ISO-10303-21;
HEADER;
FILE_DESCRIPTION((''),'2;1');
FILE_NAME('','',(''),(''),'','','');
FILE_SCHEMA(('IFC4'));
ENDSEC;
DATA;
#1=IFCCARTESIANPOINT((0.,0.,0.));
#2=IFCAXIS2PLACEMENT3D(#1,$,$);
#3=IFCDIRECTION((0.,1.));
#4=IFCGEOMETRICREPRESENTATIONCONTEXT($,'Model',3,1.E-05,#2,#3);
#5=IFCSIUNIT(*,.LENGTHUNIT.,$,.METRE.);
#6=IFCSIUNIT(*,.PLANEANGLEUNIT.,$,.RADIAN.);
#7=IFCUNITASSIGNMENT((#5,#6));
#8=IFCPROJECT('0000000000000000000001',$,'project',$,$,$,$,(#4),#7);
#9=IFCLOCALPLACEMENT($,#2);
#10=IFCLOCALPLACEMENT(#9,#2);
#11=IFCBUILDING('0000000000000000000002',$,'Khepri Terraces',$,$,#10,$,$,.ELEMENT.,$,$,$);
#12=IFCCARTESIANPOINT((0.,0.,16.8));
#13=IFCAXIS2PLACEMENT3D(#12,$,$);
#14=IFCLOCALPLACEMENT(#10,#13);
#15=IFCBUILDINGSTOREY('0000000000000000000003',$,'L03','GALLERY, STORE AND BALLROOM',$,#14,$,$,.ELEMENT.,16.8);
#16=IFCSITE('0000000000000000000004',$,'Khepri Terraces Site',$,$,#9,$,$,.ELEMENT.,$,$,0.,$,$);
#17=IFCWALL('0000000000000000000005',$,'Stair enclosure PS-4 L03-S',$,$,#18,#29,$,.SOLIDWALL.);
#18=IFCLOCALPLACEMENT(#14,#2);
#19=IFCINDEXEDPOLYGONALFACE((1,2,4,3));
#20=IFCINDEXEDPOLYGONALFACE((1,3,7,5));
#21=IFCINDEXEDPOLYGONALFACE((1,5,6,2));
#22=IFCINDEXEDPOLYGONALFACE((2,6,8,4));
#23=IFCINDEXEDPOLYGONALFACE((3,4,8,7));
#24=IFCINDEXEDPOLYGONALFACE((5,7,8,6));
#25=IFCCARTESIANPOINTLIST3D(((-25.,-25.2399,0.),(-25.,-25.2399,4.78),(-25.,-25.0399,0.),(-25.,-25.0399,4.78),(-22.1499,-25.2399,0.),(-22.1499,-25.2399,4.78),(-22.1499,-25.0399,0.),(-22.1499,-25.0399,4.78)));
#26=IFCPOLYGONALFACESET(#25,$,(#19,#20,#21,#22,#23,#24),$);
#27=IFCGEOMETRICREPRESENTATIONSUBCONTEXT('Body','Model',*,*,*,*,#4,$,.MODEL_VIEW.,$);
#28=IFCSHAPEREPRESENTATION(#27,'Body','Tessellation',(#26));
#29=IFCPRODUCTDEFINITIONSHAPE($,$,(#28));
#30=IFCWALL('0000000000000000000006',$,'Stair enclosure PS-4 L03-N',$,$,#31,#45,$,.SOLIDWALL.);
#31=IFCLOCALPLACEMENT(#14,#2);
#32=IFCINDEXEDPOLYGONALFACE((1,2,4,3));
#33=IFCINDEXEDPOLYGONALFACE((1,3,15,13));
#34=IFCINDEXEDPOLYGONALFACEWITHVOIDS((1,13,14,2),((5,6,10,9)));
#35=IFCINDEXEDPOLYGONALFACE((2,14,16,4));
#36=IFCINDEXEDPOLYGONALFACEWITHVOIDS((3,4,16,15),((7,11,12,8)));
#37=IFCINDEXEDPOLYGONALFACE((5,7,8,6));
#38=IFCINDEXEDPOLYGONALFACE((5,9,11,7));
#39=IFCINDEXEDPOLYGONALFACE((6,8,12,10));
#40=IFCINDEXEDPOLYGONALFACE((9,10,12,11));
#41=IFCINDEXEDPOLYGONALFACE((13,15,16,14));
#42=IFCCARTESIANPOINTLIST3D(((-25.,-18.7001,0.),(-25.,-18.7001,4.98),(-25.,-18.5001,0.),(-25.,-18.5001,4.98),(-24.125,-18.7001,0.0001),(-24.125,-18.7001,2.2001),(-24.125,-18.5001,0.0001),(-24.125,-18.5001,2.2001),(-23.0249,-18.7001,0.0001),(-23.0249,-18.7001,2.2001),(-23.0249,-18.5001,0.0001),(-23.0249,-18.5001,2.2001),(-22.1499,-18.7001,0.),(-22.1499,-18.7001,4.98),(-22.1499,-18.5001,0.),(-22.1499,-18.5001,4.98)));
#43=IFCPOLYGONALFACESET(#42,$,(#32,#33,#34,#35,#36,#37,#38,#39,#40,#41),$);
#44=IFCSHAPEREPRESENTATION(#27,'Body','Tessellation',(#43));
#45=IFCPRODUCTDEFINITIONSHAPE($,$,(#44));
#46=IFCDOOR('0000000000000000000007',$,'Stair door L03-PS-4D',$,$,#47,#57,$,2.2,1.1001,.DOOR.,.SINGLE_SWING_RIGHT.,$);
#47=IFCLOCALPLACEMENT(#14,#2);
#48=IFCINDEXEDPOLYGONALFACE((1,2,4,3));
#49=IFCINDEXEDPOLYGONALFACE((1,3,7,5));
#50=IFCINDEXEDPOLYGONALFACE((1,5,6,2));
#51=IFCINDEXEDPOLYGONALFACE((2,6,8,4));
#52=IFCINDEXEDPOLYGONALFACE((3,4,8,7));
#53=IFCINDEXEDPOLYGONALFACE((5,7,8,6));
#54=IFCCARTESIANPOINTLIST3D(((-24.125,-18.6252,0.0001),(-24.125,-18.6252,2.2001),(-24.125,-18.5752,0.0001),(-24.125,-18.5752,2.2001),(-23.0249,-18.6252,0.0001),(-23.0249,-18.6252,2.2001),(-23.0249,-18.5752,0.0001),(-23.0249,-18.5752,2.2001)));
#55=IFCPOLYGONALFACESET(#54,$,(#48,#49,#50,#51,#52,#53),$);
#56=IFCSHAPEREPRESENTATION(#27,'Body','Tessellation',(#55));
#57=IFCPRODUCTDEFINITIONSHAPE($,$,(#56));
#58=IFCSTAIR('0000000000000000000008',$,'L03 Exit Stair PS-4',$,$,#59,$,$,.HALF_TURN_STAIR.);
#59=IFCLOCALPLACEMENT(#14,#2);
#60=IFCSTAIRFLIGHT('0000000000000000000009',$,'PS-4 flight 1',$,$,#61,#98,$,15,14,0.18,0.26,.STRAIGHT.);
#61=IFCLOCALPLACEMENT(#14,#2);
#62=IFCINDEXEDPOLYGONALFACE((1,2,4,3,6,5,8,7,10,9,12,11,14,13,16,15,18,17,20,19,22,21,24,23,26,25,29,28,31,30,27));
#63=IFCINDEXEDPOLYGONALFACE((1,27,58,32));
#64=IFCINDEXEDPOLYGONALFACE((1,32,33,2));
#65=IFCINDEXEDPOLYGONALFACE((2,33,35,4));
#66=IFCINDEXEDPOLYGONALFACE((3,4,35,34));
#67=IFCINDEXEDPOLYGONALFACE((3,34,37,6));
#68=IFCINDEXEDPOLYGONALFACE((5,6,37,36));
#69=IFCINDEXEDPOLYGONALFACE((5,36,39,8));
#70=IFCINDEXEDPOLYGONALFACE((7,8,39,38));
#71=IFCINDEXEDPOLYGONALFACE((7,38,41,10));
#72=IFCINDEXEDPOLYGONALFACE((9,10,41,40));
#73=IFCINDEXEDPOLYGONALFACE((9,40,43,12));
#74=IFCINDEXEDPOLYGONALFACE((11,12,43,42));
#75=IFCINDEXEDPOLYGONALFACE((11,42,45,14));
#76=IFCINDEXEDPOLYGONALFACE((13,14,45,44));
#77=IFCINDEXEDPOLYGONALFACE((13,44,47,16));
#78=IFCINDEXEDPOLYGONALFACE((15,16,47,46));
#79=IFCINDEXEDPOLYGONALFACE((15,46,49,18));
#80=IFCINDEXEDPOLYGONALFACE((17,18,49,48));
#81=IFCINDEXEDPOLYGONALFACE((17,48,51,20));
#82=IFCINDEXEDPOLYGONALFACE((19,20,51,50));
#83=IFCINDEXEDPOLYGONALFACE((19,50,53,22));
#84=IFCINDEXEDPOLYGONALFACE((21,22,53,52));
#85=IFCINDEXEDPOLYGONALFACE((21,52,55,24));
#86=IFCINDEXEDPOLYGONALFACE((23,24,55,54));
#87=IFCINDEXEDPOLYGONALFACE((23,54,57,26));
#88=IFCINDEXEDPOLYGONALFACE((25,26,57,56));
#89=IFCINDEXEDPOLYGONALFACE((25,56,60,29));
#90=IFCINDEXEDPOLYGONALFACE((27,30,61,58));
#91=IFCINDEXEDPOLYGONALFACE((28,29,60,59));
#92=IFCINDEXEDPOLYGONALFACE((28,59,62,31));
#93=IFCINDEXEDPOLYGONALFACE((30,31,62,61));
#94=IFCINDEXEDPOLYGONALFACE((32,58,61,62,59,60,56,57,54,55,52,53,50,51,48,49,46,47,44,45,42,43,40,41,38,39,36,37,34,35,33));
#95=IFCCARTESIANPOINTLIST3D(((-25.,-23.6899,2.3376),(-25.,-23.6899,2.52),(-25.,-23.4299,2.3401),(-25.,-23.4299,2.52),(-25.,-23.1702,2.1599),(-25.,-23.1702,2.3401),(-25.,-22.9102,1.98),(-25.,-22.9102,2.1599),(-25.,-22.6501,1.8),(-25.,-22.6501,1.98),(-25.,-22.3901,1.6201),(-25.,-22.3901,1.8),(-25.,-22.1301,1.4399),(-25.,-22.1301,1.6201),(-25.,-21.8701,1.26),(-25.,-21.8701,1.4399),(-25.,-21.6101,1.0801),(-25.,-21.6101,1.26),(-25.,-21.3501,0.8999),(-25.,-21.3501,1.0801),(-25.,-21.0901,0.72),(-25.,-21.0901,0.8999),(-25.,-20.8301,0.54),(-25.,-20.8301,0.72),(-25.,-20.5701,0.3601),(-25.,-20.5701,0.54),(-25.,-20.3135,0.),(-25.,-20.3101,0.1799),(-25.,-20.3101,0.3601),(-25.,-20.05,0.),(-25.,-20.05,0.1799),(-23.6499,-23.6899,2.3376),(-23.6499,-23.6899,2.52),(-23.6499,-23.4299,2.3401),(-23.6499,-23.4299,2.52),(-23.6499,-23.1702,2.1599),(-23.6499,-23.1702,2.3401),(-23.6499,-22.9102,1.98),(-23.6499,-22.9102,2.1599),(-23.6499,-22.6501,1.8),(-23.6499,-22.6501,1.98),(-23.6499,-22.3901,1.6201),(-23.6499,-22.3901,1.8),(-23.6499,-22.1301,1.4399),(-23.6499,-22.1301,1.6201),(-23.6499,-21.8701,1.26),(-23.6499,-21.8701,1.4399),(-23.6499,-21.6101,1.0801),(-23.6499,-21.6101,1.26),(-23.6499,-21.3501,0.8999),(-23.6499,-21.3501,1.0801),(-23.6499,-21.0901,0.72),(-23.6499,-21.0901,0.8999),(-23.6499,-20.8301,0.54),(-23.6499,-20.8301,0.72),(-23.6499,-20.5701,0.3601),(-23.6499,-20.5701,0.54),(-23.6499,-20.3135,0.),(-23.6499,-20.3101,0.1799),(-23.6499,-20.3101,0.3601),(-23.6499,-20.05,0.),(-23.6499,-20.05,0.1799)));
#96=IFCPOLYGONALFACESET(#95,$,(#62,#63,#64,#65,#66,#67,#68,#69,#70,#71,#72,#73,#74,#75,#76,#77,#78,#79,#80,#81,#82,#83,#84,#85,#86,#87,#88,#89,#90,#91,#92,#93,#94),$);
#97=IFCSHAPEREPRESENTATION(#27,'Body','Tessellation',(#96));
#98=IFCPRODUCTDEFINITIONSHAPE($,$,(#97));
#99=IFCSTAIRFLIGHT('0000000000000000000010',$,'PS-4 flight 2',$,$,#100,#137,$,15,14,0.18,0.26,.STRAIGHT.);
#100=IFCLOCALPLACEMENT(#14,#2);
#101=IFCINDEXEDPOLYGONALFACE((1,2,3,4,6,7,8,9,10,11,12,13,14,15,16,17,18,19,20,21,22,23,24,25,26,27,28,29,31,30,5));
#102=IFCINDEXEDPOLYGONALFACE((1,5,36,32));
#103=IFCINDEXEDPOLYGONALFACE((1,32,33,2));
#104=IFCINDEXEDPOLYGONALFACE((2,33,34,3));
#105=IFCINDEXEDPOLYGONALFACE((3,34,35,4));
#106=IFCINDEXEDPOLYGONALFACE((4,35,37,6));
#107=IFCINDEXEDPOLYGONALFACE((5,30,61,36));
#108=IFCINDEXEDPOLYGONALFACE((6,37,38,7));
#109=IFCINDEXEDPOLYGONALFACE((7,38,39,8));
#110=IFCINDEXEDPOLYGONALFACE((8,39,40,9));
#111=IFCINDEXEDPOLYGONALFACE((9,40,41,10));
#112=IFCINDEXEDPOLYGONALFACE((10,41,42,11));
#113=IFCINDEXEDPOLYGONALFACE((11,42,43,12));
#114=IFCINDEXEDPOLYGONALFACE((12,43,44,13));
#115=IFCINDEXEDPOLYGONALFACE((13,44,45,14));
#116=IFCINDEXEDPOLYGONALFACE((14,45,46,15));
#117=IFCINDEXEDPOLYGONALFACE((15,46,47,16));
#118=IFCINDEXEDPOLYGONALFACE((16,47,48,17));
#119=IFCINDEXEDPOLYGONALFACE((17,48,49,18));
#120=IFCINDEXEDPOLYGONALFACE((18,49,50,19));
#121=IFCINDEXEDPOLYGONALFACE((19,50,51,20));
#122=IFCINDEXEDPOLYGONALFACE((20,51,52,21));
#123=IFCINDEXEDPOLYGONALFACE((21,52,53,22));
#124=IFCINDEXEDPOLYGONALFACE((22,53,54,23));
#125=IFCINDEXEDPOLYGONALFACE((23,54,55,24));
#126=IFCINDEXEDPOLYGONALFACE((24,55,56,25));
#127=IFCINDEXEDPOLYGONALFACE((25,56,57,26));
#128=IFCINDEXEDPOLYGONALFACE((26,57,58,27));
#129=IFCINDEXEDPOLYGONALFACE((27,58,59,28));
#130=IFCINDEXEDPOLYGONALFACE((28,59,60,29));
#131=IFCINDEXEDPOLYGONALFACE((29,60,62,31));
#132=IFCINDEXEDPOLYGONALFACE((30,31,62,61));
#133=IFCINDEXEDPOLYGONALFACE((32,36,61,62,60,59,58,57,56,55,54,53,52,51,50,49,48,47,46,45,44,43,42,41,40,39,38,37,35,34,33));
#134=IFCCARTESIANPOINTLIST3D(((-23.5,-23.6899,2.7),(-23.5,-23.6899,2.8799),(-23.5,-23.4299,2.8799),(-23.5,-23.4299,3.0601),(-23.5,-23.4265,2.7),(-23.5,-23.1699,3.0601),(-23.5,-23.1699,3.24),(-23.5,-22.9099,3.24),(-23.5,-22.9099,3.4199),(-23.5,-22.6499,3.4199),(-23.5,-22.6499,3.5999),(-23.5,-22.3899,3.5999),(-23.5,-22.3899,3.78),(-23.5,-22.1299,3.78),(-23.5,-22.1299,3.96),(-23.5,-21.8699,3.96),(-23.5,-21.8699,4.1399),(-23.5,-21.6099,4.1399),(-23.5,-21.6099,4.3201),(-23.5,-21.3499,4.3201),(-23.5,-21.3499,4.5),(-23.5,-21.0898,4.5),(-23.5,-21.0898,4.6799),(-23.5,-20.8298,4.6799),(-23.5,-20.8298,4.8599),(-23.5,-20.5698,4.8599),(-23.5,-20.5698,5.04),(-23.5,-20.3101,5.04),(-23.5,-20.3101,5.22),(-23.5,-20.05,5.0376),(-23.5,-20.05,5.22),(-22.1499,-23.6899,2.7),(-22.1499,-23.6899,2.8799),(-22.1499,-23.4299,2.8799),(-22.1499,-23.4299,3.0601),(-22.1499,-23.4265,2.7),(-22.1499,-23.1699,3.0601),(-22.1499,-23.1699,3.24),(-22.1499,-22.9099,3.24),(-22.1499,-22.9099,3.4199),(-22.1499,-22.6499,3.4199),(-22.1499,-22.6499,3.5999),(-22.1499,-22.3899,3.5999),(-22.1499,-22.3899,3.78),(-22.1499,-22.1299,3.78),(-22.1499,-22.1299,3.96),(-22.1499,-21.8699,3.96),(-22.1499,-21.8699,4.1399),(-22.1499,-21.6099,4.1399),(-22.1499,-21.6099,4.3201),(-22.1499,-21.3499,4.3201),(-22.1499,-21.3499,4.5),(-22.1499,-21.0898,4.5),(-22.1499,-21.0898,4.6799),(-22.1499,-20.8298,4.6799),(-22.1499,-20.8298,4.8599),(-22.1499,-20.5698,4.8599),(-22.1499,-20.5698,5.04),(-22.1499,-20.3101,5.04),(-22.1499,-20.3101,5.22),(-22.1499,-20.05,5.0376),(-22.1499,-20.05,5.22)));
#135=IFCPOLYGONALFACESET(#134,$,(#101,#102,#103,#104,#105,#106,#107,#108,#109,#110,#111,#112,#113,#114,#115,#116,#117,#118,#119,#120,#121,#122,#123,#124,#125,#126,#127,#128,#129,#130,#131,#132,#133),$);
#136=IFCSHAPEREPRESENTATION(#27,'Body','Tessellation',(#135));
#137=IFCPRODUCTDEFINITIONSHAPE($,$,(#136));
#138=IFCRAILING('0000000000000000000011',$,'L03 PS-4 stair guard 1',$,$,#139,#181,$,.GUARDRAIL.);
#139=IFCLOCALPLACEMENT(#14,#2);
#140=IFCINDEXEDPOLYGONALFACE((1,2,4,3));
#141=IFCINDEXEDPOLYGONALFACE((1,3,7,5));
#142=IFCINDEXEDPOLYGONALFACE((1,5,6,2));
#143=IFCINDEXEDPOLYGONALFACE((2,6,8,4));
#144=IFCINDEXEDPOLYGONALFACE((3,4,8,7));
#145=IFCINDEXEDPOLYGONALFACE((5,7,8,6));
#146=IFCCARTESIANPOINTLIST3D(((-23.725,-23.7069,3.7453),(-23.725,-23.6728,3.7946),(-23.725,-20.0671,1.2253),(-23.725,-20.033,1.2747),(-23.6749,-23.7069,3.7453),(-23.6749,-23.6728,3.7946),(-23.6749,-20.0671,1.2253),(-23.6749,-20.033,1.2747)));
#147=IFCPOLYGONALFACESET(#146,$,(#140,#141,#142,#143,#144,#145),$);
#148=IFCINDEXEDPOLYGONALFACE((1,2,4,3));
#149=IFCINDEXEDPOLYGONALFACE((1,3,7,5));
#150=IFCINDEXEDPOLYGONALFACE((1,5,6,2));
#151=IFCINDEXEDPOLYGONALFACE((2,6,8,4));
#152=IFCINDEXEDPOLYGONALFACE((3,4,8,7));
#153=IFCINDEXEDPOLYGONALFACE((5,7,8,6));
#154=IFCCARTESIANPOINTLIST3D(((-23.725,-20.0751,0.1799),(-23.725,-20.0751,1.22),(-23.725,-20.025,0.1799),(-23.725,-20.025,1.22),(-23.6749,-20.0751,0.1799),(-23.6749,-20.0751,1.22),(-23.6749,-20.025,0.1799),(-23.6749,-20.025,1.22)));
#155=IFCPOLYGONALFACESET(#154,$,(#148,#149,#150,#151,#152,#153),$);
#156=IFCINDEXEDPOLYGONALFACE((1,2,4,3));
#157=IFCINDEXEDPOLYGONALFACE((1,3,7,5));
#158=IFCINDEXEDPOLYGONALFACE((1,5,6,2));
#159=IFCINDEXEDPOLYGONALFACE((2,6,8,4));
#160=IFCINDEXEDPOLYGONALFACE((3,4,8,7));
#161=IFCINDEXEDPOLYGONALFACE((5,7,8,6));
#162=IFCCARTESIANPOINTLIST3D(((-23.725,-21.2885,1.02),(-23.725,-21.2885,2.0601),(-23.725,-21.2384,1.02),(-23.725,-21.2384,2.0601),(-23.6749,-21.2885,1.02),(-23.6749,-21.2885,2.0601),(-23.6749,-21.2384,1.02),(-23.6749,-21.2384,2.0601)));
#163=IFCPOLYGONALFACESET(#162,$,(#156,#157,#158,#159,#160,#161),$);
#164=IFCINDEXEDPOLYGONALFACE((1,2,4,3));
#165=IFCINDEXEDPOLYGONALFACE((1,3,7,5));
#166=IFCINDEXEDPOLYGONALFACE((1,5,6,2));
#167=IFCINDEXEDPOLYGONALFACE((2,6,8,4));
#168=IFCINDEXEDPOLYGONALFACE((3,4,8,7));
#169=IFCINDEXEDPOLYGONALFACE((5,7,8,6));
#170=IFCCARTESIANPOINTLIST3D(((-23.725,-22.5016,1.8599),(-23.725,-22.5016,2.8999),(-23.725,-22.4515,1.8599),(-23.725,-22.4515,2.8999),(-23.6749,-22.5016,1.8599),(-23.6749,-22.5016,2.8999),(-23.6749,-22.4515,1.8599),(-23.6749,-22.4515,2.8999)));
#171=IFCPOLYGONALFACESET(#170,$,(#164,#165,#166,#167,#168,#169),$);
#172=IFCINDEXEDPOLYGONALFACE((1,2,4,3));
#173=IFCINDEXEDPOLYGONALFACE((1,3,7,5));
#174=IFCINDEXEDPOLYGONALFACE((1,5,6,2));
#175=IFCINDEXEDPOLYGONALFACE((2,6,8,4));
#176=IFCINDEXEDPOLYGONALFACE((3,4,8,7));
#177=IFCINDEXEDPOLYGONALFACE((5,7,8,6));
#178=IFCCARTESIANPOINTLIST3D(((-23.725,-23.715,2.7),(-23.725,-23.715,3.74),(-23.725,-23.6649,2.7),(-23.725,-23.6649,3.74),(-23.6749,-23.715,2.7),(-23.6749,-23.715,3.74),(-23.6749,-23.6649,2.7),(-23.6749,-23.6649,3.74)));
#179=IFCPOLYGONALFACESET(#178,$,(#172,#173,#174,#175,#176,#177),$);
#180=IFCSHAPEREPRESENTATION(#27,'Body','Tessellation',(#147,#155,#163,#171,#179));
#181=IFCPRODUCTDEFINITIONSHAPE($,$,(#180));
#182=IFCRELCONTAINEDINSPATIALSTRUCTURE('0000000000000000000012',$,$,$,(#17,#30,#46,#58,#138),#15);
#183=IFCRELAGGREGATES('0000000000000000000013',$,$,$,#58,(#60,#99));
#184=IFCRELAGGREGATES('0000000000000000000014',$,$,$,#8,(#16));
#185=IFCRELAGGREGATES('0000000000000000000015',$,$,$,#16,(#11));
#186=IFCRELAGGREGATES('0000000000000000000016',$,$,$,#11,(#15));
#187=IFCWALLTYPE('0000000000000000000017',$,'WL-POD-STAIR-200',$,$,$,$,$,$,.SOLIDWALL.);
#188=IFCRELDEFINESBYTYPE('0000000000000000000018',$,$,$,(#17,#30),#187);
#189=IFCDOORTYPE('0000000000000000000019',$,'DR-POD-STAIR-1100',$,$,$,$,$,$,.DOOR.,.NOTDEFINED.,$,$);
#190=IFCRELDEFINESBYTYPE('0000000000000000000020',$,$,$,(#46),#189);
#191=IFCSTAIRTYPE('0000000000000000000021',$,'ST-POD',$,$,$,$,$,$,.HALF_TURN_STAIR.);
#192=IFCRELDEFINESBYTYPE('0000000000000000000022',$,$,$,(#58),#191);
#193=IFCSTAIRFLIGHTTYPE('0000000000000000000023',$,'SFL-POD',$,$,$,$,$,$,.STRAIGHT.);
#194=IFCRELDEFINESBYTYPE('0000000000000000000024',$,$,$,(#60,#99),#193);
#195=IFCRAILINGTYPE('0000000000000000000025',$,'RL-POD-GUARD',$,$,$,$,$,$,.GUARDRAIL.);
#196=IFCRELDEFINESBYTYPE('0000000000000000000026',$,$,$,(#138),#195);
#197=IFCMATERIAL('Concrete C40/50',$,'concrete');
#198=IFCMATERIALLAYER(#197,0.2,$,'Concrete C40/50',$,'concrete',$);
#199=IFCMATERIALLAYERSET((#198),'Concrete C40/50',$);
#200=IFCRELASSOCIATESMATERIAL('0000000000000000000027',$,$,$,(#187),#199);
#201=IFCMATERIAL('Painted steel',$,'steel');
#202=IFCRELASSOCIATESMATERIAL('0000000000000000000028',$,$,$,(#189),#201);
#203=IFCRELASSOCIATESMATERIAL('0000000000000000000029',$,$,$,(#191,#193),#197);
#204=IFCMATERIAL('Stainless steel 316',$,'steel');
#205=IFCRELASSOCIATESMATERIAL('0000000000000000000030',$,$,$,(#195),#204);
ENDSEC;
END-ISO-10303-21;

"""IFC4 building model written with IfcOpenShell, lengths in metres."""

from ifc_helpers import new_model, si_unit, direction, frame, frame_2d, origin, origin_2d, place, context, subcontext, project, spatial, polyline, rectangle, outline, extrude, material, layer, layer_set, type_object, element, fill, aggregate, save


model = new_model("IFC4")

# Units and contexts
model_context = context("Model", 3, precision=1e-05, world=origin(), true_north=direction((0.0, 1.0)))
body_context = subcontext(model_context, "Body", "Model", "MODEL_VIEW")
ifc_project = project(units=[si_unit("LENGTHUNIT", "METRE"), si_unit("PLANEANGLEUNIT", "RADIAN")], contexts=[model_context])

# Site, building, storey
site_placement = place(None, origin())
site = spatial("IfcSite", under=ifc_project, at=site_placement, Name="Khepri Terraces Site", CompositionType="ELEMENT", RefElevation=0.0)
building_placement = place(site_placement, origin())
building = spatial("IfcBuilding", under=site, at=building_placement, Name="Khepri Terraces", CompositionType="ELEMENT")
storey_placement = place(building_placement, frame((0.0, 0.0, 16.8)))
storey = spatial("IfcBuildingStorey", under=building, at=storey_placement, Name="L03", Description="GALLERY, STORE AND BALLROOM", CompositionType="ELEMENT", Elevation=16.8)

# Shared definitions
ifc_material_1 = material(Name="Painted steel", Category="steel")

# Wall
ifc_material_2 = material(Name="Concrete C40/50", Category="concrete")
ifc_layer_1 = layer(ifc_material_2, 0.2, Name="Concrete C40/50", Category="concrete")
ifc_layer_set_1 = layer_set([ifc_layer_1], Name="Concrete C40/50")
wall_type_1 = type_object("IfcWallType", Name="WL-POD-STAIR-200", PredefinedType="SOLIDWALL", material=ifc_layer_set_1)
wall_1_placement = place(storey_placement, frame((-25.0, -25.1399, 0.0), z_axis=(0.0, 0.0, 1.0), x_axis=(1.0, 0.0, 0.0)))
element("IfcWall", 1, at=wall_1_placement, inside=storey, type_object=wall_type_1, Name="Stair enclosure PS-4 L03-S", PredefinedType="SOLIDWALL", context=body_context, shape_type="SweptSolid", body=[
    extrude(rectangle(XDim=2.8501, YDim=0.2, at=frame_2d((1.425, 0.0))), origin(), (0.0, 0.0, 1.0), 4.78),
])

# Wall, opening, door
wall_2_placement = place(storey_placement, frame((-25.0, -18.6001, 0.0), z_axis=(0.0, 0.0, 1.0), x_axis=(1.0, 0.0, 0.0)))
wall_2 = element("IfcWall", 2, at=wall_2_placement, inside=storey, type_object=wall_type_1, Name="Stair enclosure PS-4 L03-N", PredefinedType="SOLIDWALL", context=body_context, shape_type="SweptSolid", body=[
    extrude(rectangle(XDim=2.8501, YDim=0.2, at=frame_2d((1.425, 0.0))), origin(), (0.0, 0.0, 1.0), 4.98),
])
opening_1_placement = place(wall_2_placement, frame((0.875, 0.0, 0.0)))
opening_1 = element("IfcOpeningElement", 3, at=opening_1_placement, cuts=wall_2, PredefinedType="OPENING", context=body_context, shape_type="SweptSolid", body=[
    extrude(rectangle(XDim=1.1001, YDim=2.2, at=frame_2d((0.55, 1.1001))), frame((0.0, 0.1099, 0.0), z_axis=(0.0, -1.0, 0.0), x_axis=(1.0, 0.0, 0.0)), (0.0, 0.0, 1.0), 0.22),
])
door_type_1 = type_object("IfcDoorType", Name="DR-POD-STAIR-1100", OperationType="NOTDEFINED", PredefinedType="DOOR", material=ifc_material_1)
door_1_placement = place(opening_1_placement, origin())
door_1 = element("IfcDoor", 4, at=door_1_placement, inside=storey, type_object=door_type_1, Name="Stair door L03-PS-4D", OperationType="SINGLE_SWING_RIGHT", OverallHeight=2.2, OverallWidth=1.1001, PredefinedType="DOOR", context=body_context, shape_type="SweptSolid", body=[
    extrude(rectangle(XDim=1.1001, YDim=2.2, at=frame_2d((0.55, 1.1001))), frame((0.0, 0.0249, 0.0), z_axis=(0.0, -1.0, 0.0), x_axis=(1.0, 0.0, 0.0)), (0.0, 0.0, 1.0), 0.05),
])
fill(opening_1, door_1)

# Stair, stair flights
stair_type = type_object("IfcStairType", Name="ST-POD", PredefinedType="HALF_TURN_STAIR", material=ifc_material_2)
stair_placement = place(storey_placement, origin())
stair = element("IfcStair", 5, at=stair_placement, inside=storey, type_object=stair_type, Name="L03 Exit Stair PS-4", PredefinedType="HALF_TURN_STAIR")
stair_flight_type = type_object("IfcStairFlightType", Name="SFL-POD", PredefinedType="STRAIGHT", material=ifc_material_2)
stair_flight_1_placement = place(storey_placement, frame((-24.325, -20.05, 0.0), z_axis=(0.0, 0.0, 1.0), x_axis=(0.0, -1.0, 0.0)))
stair_flight_1 = element("IfcStairFlight", 6, at=stair_flight_1_placement, type_object=stair_flight_type, Name="PS-4 flight 1", NumberOfRisers=15, NumberOfTreads=14, PredefinedType="STRAIGHT", RiserHeight=0.18, TreadLength=0.26, context=body_context, shape_type="SweptSolid", body=[
    extrude(outline(polyline([(0.0, 0.0), (0.0, 0.1799), (0.26, 0.1799), (0.26, 0.3601), (0.52, 0.3601), (0.52, 0.54), (0.78, 0.54), (0.78, 0.72), (1.04, 0.72), (1.04, 0.8999), (1.3, 0.8999), (1.3, 1.0801), (1.5601, 1.0801), (1.5601, 1.26), (1.8201, 1.26), (1.8201, 1.4399), (2.0801, 1.4399), (2.0801, 1.6201), (2.3401, 1.6201), (2.3401, 1.8), (2.6001, 1.8), (2.6001, 1.98), (2.8601, 1.98), (2.8601, 2.1599), (3.1201, 2.1599), (3.1201, 2.3401), (3.3799, 2.3401), (3.3799, 2.52), (3.6399, 2.52), (3.6399, 2.7), (3.6399, 2.3376), (0.2634, 0.0), (0.0, 0.0)])), frame((0.0, 0.675, 0.0), z_axis=(0.0, -1.0, 0.0), x_axis=(1.0, 0.0, 0.0)), (0.0, 0.0, 1.0), 1.3501),
])
stair_flight_2_placement = place(storey_placement, frame((-22.825, -23.6899, 2.7), z_axis=(0.0, 0.0, 1.0), x_axis=(0.0, 1.0, 0.0)))
stair_flight_2 = element("IfcStairFlight", 7, at=stair_flight_2_placement, type_object=stair_flight_type, Name="PS-4 flight 2", NumberOfRisers=15, NumberOfTreads=14, PredefinedType="STRAIGHT", RiserHeight=0.18, TreadLength=0.26, context=body_context, shape_type="SweptSolid", body=[
    extrude(outline(polyline([(0.0, 0.0), (0.0, 0.1799), (0.26, 0.1799), (0.26, 0.3601), (0.52, 0.3601), (0.52, 0.54), (0.78, 0.54), (0.78, 0.72), (1.04, 0.72), (1.04, 0.8999), (1.3, 0.8999), (1.3, 1.0801), (1.5601, 1.0801), (1.5601, 1.26), (1.8201, 1.26), (1.8201, 1.4399), (2.0801, 1.4399), (2.0801, 1.6201), (2.3401, 1.6201), (2.3401, 1.8), (2.6001, 1.8), (2.6001, 1.98), (2.8601, 1.98), (2.8601, 2.1599), (3.1201, 2.1599), (3.1201, 2.3401), (3.3799, 2.3401), (3.3799, 2.52), (3.6399, 2.52), (3.6399, 2.7), (3.6399, 2.3376), (0.2634, 0.0), (0.0, 0.0)])), frame((0.0, 0.675, 0.0), z_axis=(0.0, -1.0, 0.0), x_axis=(1.0, 0.0, 0.0)), (0.0, 0.0, 1.0), 1.3501),
])
aggregate(stair, [stair_flight_1, stair_flight_2])

# Railing
ifc_material_3 = material(Name="Stainless steel 316", Category="steel")
railing_type_1 = type_object("IfcRailingType", Name="RL-POD-GUARD", PredefinedType="GUARDRAIL", material=ifc_material_3)
railing_1_placement = place(storey_placement, frame((-23.7, -20.05, 0.1799)))
element("IfcRailing", 8, at=railing_1_placement, inside=storey, type_object=railing_type_1, Name="L03 PS-4 stair guard 1", PredefinedType="GUARDRAIL", context=body_context, shape_type="SweptSolid", body=[
    extrude(rectangle(XDim=0.05, YDim=0.0601, at=origin_2d()), frame((0.0, 0.0, 1.0701), z_axis=(0.0, -0.822182, 0.569224), x_axis=(1.0, 0.0, 0.0)), (0.0, 0.0, 1.0), 4.427),
    extrude(rectangle(XDim=0.05, YDim=0.05, at=origin_2d()), origin(), (0.0, 0.0, 1.0), 1.04),
    extrude(rectangle(XDim=0.05, YDim=0.05, at=origin_2d()), frame((0.0, -1.2134, 0.8401)), (0.0, 0.0, 1.0), 1.04),
    extrude(rectangle(XDim=0.05, YDim=0.05, at=origin_2d()), frame((0.0, -2.4265, 1.6799)), (0.0, 0.0, 1.0), 1.04),
    extrude(rectangle(XDim=0.05, YDim=0.05, at=origin_2d()), frame((0.0, -3.6399, 2.52)), (0.0, 0.0, 1.0), 1.04),
])

save(model, "model.ifc")
